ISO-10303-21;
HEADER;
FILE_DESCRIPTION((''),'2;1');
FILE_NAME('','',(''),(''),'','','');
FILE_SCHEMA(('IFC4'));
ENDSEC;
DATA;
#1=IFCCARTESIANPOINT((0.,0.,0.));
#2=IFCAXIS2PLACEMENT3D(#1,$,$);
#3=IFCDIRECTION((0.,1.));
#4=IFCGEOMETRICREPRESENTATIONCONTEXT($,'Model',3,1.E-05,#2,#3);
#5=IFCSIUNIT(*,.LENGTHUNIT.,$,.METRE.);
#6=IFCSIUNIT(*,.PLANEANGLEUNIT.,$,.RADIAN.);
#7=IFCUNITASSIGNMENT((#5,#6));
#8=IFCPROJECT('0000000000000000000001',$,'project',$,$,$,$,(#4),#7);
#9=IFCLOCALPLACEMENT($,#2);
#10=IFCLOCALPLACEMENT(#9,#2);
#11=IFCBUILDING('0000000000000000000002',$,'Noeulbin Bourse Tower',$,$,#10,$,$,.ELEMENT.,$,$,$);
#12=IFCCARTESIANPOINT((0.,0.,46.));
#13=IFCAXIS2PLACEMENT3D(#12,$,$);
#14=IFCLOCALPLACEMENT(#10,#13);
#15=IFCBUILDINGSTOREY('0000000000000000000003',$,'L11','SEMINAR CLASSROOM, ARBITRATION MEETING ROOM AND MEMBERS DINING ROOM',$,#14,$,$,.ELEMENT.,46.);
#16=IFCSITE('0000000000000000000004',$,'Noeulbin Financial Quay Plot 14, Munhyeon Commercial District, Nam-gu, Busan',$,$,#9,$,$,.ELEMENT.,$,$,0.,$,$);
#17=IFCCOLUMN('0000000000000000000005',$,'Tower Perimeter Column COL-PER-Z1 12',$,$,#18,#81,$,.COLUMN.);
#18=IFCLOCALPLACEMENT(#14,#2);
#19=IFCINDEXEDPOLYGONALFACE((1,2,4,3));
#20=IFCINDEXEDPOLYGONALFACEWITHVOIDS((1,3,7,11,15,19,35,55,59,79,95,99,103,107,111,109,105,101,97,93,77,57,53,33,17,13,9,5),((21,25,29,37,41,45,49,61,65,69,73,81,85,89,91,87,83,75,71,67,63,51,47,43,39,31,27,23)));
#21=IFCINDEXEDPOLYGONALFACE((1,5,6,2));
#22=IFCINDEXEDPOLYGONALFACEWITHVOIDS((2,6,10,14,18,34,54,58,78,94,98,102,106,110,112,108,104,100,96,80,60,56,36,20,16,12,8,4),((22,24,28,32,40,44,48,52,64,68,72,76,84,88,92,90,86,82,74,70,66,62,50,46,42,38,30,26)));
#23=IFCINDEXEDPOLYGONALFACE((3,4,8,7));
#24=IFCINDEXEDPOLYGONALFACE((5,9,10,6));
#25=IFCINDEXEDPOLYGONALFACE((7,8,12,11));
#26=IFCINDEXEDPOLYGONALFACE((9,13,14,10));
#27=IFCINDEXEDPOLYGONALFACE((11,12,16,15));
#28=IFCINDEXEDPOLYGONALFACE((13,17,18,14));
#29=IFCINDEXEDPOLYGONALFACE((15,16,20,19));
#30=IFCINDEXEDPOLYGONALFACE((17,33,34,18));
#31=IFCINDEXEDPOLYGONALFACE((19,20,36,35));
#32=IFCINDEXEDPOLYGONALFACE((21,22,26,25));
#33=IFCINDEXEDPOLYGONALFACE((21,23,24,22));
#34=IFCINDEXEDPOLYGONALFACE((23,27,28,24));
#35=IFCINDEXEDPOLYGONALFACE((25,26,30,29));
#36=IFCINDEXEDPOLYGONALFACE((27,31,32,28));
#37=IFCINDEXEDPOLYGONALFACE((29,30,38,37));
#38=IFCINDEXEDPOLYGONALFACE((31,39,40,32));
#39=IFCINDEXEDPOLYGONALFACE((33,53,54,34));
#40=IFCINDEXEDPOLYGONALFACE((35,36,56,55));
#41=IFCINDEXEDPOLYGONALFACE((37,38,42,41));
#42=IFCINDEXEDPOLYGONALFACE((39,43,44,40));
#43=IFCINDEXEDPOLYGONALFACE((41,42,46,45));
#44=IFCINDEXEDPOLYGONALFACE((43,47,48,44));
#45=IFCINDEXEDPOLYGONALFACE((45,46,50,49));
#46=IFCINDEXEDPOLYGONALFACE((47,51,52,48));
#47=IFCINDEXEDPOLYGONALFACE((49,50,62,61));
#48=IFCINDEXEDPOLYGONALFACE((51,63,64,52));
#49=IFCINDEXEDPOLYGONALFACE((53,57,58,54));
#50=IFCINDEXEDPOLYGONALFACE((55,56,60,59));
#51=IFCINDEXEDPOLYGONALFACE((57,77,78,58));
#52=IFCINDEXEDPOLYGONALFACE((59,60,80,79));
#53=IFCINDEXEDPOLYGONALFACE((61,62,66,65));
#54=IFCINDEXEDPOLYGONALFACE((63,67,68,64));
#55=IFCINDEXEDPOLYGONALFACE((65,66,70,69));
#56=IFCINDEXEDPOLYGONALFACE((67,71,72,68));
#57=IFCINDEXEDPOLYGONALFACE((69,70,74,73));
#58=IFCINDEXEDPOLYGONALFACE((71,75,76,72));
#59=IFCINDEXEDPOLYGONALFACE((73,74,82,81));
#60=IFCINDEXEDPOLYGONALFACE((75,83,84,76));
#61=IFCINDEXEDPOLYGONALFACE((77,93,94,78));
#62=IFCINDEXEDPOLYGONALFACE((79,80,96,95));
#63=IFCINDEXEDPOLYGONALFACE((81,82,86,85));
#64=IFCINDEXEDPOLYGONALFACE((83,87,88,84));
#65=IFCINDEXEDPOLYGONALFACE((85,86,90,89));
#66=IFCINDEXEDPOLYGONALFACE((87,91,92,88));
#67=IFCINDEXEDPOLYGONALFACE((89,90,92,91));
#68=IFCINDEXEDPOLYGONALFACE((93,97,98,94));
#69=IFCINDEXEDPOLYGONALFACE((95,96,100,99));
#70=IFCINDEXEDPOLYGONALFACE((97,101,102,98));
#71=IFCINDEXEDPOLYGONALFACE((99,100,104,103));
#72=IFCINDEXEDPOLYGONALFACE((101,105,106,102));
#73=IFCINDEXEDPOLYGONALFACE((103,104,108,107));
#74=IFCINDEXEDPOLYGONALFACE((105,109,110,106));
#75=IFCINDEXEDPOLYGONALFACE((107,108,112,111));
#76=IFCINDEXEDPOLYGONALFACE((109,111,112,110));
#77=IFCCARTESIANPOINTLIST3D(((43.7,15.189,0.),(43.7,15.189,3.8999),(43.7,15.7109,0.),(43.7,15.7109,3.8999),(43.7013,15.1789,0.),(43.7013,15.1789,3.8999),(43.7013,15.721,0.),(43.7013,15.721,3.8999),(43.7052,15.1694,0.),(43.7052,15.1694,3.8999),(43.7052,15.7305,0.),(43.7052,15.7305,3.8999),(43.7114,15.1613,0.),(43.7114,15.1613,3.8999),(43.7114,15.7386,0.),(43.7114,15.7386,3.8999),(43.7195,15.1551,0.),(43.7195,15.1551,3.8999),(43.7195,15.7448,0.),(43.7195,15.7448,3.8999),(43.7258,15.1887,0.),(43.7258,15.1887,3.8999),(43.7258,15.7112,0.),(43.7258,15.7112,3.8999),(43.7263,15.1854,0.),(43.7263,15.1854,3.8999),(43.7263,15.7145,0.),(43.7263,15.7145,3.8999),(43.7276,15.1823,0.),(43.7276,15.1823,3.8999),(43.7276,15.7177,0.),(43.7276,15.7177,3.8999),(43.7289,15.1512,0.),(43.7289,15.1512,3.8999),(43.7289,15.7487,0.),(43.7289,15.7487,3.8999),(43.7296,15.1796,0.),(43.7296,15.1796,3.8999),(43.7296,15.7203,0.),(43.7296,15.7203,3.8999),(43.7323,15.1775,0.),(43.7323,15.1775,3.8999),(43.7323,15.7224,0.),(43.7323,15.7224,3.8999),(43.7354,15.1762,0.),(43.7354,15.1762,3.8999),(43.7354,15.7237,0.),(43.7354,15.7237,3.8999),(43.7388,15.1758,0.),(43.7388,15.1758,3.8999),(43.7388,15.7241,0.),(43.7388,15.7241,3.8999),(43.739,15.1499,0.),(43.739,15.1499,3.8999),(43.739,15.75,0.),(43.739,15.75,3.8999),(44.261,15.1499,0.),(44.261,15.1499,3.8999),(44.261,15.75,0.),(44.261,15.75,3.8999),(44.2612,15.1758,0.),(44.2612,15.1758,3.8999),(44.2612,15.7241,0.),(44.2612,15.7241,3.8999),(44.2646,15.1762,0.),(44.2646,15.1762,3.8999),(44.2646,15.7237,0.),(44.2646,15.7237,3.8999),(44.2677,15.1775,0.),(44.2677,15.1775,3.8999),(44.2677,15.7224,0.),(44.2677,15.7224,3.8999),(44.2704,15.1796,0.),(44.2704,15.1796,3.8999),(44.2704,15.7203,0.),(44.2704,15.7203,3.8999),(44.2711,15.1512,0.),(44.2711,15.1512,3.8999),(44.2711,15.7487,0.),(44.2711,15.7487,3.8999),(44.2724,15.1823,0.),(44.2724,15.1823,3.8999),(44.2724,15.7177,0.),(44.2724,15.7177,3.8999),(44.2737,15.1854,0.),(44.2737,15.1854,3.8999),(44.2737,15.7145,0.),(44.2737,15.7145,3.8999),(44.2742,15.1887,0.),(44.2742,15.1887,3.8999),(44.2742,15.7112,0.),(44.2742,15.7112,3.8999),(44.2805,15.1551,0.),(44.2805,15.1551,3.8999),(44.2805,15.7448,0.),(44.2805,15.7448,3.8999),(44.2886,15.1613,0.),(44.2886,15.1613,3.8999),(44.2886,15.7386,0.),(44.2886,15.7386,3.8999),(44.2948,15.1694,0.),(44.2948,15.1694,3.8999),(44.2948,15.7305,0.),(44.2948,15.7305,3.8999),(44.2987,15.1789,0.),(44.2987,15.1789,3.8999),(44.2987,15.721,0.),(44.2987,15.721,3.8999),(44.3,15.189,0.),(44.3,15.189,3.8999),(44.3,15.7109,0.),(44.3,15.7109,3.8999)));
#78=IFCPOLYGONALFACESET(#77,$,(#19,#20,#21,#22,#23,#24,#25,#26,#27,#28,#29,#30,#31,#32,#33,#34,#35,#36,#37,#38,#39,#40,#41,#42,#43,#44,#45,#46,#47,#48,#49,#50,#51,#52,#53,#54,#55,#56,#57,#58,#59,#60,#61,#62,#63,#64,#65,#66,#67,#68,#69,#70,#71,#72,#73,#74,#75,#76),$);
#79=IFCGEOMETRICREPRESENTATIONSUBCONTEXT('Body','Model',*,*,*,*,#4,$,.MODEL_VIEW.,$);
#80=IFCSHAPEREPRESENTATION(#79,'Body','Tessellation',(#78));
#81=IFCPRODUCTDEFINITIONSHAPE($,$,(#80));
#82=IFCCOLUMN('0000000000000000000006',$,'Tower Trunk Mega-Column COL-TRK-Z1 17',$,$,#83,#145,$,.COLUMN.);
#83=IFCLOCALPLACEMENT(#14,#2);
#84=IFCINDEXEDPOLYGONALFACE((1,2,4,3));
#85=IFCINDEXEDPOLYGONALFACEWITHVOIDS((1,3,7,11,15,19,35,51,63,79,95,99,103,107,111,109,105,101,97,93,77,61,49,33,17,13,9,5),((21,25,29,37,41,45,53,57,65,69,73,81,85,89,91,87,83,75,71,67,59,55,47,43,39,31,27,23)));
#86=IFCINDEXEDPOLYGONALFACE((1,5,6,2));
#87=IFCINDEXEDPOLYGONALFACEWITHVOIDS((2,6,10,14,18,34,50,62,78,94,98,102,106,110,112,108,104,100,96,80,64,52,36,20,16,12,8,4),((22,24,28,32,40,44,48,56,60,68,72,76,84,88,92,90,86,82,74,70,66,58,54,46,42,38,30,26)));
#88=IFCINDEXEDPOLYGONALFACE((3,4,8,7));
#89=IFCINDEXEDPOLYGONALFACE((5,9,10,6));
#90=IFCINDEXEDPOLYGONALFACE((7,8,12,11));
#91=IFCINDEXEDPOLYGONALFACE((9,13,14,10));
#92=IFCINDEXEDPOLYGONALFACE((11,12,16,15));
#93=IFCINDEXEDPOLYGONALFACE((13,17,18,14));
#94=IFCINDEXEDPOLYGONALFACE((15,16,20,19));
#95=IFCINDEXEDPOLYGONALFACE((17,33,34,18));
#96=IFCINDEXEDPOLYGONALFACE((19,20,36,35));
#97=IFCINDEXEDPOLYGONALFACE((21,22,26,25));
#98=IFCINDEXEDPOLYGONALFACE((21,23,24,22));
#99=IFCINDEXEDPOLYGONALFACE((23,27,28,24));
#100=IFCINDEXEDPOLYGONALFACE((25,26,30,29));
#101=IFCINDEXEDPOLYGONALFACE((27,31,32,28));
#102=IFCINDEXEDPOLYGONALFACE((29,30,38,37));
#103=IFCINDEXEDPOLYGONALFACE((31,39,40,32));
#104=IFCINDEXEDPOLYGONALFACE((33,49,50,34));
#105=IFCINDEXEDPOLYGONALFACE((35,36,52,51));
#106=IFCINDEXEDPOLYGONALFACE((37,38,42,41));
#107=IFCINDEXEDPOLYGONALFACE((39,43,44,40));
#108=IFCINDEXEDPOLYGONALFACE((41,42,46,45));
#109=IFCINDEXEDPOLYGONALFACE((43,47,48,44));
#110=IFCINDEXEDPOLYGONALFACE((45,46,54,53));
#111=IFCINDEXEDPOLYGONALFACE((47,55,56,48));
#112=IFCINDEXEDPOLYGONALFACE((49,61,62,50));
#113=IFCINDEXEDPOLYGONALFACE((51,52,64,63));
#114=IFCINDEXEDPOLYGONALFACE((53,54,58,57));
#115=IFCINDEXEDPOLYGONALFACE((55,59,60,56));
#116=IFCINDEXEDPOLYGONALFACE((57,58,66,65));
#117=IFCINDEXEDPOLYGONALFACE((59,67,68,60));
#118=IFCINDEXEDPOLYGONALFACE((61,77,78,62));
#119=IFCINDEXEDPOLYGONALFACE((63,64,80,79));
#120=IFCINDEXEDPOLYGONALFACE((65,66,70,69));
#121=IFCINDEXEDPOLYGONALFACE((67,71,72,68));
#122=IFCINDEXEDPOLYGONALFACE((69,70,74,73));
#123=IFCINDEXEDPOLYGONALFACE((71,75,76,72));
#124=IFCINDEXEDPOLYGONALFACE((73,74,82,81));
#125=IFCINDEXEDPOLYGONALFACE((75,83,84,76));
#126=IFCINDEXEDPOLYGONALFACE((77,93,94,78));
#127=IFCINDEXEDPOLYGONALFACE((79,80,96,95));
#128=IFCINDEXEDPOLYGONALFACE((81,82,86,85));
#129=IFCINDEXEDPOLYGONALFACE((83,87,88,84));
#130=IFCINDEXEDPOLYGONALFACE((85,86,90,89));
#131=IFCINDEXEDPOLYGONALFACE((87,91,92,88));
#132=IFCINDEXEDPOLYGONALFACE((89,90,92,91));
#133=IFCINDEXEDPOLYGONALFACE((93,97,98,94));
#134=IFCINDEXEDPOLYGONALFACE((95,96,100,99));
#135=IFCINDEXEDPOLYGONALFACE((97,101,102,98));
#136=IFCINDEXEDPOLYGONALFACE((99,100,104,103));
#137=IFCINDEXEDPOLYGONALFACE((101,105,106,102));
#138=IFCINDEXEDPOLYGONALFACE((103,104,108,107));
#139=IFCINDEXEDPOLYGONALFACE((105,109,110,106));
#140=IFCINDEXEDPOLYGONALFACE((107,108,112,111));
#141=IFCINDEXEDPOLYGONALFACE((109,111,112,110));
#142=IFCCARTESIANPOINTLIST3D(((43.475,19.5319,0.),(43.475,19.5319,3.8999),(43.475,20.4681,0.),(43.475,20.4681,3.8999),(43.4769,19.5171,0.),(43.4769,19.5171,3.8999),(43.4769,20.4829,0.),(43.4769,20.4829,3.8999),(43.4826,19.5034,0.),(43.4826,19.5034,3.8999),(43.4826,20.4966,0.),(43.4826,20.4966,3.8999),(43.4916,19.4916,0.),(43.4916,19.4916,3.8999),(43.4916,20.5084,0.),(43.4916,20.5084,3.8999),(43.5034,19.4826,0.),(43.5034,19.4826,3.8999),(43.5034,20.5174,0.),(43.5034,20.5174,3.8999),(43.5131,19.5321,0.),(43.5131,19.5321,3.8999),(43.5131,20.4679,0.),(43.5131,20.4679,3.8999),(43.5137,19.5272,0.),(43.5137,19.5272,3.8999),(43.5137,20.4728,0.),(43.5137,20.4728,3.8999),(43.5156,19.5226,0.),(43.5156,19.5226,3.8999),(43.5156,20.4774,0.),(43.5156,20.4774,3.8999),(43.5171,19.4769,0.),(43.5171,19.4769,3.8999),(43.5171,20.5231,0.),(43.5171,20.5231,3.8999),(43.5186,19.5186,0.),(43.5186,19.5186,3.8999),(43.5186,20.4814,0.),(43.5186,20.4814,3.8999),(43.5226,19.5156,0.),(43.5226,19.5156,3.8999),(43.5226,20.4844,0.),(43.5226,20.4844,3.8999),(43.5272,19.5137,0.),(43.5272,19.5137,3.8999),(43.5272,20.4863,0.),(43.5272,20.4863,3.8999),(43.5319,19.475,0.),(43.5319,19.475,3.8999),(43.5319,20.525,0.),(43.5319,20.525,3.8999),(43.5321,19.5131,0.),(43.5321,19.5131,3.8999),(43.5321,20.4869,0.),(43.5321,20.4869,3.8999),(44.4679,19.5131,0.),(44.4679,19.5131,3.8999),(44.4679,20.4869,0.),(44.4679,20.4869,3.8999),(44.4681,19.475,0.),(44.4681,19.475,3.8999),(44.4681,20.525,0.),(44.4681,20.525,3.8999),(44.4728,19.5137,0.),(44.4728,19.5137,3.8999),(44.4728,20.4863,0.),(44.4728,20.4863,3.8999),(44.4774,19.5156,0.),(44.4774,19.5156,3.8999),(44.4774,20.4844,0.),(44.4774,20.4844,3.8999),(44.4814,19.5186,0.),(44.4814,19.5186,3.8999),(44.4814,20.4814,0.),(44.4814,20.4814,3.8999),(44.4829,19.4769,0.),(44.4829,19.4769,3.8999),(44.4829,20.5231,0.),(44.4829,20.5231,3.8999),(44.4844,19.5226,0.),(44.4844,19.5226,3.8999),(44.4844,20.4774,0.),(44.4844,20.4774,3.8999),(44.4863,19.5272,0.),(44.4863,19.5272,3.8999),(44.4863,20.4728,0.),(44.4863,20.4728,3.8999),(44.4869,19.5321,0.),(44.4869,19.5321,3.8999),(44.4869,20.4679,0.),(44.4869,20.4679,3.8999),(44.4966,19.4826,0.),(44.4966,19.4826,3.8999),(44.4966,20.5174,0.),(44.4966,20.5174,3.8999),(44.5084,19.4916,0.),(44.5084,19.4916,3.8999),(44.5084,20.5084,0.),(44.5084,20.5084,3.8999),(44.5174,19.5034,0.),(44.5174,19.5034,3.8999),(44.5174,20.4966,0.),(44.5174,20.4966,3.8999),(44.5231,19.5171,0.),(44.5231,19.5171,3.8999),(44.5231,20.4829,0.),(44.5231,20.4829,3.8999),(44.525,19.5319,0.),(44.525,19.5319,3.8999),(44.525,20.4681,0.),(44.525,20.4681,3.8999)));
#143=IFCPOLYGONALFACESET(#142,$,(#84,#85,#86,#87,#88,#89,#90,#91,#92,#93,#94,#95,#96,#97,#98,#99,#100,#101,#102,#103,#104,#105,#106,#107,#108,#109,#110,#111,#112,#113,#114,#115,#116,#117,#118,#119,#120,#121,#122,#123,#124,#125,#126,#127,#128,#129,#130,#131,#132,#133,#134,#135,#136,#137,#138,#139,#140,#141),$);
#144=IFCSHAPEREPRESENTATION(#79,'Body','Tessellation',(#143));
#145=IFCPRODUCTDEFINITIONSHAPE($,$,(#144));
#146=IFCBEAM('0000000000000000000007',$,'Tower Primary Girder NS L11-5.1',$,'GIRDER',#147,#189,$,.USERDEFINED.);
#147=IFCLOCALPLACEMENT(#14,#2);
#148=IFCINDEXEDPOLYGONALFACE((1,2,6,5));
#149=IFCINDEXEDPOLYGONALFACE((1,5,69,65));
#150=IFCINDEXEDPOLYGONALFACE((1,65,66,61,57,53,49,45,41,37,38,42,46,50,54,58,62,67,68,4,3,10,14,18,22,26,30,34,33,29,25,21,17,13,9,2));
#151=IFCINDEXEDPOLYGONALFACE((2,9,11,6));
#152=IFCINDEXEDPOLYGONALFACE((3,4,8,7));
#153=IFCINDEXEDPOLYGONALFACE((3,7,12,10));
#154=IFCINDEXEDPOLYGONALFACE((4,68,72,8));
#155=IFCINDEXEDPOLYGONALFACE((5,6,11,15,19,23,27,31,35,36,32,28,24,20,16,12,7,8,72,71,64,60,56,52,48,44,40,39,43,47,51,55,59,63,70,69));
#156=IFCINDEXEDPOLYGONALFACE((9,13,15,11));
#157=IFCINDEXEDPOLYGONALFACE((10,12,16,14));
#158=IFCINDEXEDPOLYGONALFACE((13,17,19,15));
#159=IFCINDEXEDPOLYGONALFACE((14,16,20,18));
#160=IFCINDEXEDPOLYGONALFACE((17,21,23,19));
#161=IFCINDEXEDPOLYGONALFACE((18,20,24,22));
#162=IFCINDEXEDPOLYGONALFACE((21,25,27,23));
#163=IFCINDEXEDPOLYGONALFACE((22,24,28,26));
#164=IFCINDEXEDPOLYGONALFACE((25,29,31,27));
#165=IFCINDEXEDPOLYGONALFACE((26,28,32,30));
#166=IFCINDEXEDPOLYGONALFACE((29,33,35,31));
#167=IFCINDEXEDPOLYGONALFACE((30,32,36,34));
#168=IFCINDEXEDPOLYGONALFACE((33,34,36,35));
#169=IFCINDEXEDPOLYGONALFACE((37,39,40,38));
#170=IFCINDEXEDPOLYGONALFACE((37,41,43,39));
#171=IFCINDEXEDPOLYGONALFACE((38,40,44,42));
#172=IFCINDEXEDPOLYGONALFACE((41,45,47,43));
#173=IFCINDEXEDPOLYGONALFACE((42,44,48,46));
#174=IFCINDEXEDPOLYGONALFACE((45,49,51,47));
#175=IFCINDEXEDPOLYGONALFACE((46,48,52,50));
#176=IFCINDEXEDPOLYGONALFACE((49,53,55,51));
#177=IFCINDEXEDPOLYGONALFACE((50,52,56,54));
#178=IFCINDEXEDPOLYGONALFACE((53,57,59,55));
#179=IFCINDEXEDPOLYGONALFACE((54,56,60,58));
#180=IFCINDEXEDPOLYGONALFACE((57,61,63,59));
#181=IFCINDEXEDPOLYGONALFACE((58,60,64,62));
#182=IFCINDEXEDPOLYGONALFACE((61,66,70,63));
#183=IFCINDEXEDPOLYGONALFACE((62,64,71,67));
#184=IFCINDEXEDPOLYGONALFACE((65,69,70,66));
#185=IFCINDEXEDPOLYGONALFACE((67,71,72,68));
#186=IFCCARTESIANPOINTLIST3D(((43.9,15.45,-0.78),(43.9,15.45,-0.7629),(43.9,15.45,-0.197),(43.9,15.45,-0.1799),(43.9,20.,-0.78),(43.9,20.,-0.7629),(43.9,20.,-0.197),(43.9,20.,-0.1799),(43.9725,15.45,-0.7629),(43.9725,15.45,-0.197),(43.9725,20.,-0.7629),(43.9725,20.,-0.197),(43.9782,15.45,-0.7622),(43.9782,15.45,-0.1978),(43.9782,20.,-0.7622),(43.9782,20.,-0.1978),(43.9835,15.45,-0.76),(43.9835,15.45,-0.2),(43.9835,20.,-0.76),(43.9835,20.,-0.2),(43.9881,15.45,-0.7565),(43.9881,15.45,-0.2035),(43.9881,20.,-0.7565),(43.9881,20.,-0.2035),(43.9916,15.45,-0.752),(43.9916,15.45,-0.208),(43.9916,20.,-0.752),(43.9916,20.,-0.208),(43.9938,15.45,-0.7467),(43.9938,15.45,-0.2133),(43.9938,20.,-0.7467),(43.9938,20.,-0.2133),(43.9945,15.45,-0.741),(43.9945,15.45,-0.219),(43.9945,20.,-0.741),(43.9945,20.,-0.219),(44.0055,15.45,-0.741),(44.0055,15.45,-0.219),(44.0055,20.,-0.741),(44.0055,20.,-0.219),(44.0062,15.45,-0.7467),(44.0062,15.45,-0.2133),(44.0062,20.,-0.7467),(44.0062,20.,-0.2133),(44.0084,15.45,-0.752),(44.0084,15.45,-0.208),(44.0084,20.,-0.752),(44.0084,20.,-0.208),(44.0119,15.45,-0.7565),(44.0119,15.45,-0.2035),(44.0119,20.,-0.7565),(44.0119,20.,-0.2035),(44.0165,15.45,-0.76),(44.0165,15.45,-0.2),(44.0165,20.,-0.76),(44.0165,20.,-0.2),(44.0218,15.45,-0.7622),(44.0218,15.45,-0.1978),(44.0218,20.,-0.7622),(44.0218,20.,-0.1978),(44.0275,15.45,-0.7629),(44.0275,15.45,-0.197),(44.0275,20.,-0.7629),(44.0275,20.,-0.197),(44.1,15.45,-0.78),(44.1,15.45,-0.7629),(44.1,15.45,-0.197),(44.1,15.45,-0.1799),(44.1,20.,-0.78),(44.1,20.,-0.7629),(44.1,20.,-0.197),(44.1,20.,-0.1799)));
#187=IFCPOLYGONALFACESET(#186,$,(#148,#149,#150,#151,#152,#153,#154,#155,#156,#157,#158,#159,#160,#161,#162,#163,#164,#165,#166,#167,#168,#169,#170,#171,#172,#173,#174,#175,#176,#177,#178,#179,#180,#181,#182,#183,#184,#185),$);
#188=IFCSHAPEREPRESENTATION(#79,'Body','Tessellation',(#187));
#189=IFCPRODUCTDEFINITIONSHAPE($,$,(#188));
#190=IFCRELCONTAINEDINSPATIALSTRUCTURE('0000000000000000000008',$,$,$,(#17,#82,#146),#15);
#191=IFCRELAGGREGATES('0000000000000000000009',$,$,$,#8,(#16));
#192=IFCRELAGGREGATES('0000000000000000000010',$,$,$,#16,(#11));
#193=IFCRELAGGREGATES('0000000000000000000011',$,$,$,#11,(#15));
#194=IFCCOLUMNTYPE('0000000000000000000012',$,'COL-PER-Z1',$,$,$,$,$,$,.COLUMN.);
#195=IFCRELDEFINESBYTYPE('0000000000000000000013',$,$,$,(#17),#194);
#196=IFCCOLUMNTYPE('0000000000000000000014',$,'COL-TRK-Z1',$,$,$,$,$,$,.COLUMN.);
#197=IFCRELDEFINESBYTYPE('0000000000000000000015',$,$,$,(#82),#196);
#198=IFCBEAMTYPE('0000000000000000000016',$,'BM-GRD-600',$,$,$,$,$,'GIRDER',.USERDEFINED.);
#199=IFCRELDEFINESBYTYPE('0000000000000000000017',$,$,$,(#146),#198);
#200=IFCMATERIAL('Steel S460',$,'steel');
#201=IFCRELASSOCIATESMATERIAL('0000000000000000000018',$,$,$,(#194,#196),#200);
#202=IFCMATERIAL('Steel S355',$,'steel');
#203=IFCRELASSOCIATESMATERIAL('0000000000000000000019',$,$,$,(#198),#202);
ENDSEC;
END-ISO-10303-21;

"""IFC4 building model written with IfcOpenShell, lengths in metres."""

from ifc_helpers import new_model, si_unit, direction, frame, origin, origin_2d, place, context, subcontext, project, spatial, hollow_rectangle, i_section, extrude, material, material_profile, profile_set, type_object, element, save


model = new_model("IFC4")

# Units and contexts
model_context = context("Model", 3, precision=1e-05, world=origin(), true_north=direction((0.0, 1.0)))
body_context = subcontext(model_context, "Body", "Model", "MODEL_VIEW")
ifc_project = project(units=[si_unit("LENGTHUNIT", "METRE"), si_unit("PLANEANGLEUNIT", "RADIAN")], contexts=[model_context])

# Site, building, storey
site_placement = place(None, origin())
site = spatial("IfcSite", under=ifc_project, at=site_placement, Name="Noeulbin Financial Quay Plot 14, Munhyeon Commercial District, Nam-gu, Busan", CompositionType="ELEMENT", RefElevation=0.0)
building_placement = place(site_placement, origin())
building = spatial("IfcBuilding", under=site, at=building_placement, Name="Noeulbin Bourse Tower", CompositionType="ELEMENT")
storey_placement = place(building_placement, frame((0.0, 0.0, 46.0)))
storey = spatial("IfcBuildingStorey", under=building, at=storey_placement, Name="L11", Description="SEMINAR CLASSROOM, ARBITRATION MEETING ROOM AND MEMBERS DINING ROOM", CompositionType="ELEMENT", Elevation=46.0)

# Columns
ifc_material_1 = material(Name="Steel S460", Category="steel")
ifc_material_profile_1 = material_profile(ifc_material_1, hollow_rectangle(XDim=0.6001, YDim=0.6001, WallThickness=0.0259, InnerFilletRadius=0.0129, OuterFilletRadius=0.0391, at=origin_2d()), Name="BOX-600x600x26", Category="LoadBearing")
ifc_profile_set_1 = profile_set([ifc_material_profile_1], Name="Steel S460")
column_type_1 = type_object("IfcColumnType", Name="COL-PER-Z1", PredefinedType="COLUMN", material=ifc_profile_set_1)
column_1_placement = place(storey_placement, frame((44.0, 15.45, 0.0), z_axis=(0.0, 0.0, 1.0), x_axis=(1.0, 0.0, 0.0)))
element("IfcColumn", 1, at=column_1_placement, inside=storey, type_object=column_type_1, Name="Tower Perimeter Column COL-PER-Z1 12", PredefinedType="COLUMN", context=body_context, shape_type="SweptSolid", body=[
    extrude(hollow_rectangle(XDim=0.6001, YDim=0.6001, WallThickness=0.0259, InnerFilletRadius=0.0129, OuterFilletRadius=0.0391, at=origin_2d()), origin(), (0.0, 0.0, 1.0), 3.8999),
])
ifc_material_profile_2 = material_profile(ifc_material_1, hollow_rectangle(XDim=1.05, YDim=1.05, WallThickness=0.0381, InnerFilletRadius=0.019, OuterFilletRadius=0.0569, at=origin_2d()), Name="BOX-1050x1050x38", Category="LoadBearing")
ifc_profile_set_2 = profile_set([ifc_material_profile_2], Name="Steel S460")
column_type_2 = type_object("IfcColumnType", Name="COL-TRK-Z1", PredefinedType="COLUMN", material=ifc_profile_set_2)
column_2_placement = place(storey_placement, frame((44.0, 20.0, 0.0), z_axis=(0.0, 0.0, 1.0), x_axis=(1.0, 0.0, 0.0)))
element("IfcColumn", 2, at=column_2_placement, inside=storey, type_object=column_type_2, Name="Tower Trunk Mega-Column COL-TRK-Z1 17", PredefinedType="COLUMN", context=body_context, shape_type="SweptSolid", body=[
    extrude(hollow_rectangle(XDim=1.05, YDim=1.05, WallThickness=0.0381, InnerFilletRadius=0.019, OuterFilletRadius=0.0569, at=origin_2d()), origin(), (0.0, 0.0, 1.0), 3.8999),
])

# Beam
ifc_material_2 = material(Name="Steel S355", Category="steel")
ifc_material_profile_3 = material_profile(ifc_material_2, i_section(OverallWidth=0.2, OverallDepth=0.6001, WebThickness=0.011, FlangeThickness=0.0171, FilletRadius=0.022, at=origin_2d()), Name="H-600x200x11x17", Category="LoadBearing")
ifc_profile_set_3 = profile_set([ifc_material_profile_3], Name="Steel S355")
beam_type_1 = type_object("IfcBeamType", Name="BM-GRD-600", ElementType="GIRDER", PredefinedType="USERDEFINED", material=ifc_profile_set_3)
beam_1_placement = place(storey_placement, frame((44.0, 15.45, -0.48), z_axis=(0.0, 1.0, 0.0), x_axis=(-1.0, 0.0, 0.0)))
element("IfcBeam", 3, at=beam_1_placement, inside=storey, type_object=beam_type_1, Name="Tower Primary Girder NS L11-5.1", ObjectType="GIRDER", PredefinedType="USERDEFINED", context=body_context, shape_type="SweptSolid", body=[
    extrude(i_section(OverallWidth=0.2, OverallDepth=0.6001, WebThickness=0.011, FlangeThickness=0.0171, FilletRadius=0.022, at=origin_2d()), origin(), (0.0, 0.0, 1.0), 4.55),
])

save(model, "model.ifc")
